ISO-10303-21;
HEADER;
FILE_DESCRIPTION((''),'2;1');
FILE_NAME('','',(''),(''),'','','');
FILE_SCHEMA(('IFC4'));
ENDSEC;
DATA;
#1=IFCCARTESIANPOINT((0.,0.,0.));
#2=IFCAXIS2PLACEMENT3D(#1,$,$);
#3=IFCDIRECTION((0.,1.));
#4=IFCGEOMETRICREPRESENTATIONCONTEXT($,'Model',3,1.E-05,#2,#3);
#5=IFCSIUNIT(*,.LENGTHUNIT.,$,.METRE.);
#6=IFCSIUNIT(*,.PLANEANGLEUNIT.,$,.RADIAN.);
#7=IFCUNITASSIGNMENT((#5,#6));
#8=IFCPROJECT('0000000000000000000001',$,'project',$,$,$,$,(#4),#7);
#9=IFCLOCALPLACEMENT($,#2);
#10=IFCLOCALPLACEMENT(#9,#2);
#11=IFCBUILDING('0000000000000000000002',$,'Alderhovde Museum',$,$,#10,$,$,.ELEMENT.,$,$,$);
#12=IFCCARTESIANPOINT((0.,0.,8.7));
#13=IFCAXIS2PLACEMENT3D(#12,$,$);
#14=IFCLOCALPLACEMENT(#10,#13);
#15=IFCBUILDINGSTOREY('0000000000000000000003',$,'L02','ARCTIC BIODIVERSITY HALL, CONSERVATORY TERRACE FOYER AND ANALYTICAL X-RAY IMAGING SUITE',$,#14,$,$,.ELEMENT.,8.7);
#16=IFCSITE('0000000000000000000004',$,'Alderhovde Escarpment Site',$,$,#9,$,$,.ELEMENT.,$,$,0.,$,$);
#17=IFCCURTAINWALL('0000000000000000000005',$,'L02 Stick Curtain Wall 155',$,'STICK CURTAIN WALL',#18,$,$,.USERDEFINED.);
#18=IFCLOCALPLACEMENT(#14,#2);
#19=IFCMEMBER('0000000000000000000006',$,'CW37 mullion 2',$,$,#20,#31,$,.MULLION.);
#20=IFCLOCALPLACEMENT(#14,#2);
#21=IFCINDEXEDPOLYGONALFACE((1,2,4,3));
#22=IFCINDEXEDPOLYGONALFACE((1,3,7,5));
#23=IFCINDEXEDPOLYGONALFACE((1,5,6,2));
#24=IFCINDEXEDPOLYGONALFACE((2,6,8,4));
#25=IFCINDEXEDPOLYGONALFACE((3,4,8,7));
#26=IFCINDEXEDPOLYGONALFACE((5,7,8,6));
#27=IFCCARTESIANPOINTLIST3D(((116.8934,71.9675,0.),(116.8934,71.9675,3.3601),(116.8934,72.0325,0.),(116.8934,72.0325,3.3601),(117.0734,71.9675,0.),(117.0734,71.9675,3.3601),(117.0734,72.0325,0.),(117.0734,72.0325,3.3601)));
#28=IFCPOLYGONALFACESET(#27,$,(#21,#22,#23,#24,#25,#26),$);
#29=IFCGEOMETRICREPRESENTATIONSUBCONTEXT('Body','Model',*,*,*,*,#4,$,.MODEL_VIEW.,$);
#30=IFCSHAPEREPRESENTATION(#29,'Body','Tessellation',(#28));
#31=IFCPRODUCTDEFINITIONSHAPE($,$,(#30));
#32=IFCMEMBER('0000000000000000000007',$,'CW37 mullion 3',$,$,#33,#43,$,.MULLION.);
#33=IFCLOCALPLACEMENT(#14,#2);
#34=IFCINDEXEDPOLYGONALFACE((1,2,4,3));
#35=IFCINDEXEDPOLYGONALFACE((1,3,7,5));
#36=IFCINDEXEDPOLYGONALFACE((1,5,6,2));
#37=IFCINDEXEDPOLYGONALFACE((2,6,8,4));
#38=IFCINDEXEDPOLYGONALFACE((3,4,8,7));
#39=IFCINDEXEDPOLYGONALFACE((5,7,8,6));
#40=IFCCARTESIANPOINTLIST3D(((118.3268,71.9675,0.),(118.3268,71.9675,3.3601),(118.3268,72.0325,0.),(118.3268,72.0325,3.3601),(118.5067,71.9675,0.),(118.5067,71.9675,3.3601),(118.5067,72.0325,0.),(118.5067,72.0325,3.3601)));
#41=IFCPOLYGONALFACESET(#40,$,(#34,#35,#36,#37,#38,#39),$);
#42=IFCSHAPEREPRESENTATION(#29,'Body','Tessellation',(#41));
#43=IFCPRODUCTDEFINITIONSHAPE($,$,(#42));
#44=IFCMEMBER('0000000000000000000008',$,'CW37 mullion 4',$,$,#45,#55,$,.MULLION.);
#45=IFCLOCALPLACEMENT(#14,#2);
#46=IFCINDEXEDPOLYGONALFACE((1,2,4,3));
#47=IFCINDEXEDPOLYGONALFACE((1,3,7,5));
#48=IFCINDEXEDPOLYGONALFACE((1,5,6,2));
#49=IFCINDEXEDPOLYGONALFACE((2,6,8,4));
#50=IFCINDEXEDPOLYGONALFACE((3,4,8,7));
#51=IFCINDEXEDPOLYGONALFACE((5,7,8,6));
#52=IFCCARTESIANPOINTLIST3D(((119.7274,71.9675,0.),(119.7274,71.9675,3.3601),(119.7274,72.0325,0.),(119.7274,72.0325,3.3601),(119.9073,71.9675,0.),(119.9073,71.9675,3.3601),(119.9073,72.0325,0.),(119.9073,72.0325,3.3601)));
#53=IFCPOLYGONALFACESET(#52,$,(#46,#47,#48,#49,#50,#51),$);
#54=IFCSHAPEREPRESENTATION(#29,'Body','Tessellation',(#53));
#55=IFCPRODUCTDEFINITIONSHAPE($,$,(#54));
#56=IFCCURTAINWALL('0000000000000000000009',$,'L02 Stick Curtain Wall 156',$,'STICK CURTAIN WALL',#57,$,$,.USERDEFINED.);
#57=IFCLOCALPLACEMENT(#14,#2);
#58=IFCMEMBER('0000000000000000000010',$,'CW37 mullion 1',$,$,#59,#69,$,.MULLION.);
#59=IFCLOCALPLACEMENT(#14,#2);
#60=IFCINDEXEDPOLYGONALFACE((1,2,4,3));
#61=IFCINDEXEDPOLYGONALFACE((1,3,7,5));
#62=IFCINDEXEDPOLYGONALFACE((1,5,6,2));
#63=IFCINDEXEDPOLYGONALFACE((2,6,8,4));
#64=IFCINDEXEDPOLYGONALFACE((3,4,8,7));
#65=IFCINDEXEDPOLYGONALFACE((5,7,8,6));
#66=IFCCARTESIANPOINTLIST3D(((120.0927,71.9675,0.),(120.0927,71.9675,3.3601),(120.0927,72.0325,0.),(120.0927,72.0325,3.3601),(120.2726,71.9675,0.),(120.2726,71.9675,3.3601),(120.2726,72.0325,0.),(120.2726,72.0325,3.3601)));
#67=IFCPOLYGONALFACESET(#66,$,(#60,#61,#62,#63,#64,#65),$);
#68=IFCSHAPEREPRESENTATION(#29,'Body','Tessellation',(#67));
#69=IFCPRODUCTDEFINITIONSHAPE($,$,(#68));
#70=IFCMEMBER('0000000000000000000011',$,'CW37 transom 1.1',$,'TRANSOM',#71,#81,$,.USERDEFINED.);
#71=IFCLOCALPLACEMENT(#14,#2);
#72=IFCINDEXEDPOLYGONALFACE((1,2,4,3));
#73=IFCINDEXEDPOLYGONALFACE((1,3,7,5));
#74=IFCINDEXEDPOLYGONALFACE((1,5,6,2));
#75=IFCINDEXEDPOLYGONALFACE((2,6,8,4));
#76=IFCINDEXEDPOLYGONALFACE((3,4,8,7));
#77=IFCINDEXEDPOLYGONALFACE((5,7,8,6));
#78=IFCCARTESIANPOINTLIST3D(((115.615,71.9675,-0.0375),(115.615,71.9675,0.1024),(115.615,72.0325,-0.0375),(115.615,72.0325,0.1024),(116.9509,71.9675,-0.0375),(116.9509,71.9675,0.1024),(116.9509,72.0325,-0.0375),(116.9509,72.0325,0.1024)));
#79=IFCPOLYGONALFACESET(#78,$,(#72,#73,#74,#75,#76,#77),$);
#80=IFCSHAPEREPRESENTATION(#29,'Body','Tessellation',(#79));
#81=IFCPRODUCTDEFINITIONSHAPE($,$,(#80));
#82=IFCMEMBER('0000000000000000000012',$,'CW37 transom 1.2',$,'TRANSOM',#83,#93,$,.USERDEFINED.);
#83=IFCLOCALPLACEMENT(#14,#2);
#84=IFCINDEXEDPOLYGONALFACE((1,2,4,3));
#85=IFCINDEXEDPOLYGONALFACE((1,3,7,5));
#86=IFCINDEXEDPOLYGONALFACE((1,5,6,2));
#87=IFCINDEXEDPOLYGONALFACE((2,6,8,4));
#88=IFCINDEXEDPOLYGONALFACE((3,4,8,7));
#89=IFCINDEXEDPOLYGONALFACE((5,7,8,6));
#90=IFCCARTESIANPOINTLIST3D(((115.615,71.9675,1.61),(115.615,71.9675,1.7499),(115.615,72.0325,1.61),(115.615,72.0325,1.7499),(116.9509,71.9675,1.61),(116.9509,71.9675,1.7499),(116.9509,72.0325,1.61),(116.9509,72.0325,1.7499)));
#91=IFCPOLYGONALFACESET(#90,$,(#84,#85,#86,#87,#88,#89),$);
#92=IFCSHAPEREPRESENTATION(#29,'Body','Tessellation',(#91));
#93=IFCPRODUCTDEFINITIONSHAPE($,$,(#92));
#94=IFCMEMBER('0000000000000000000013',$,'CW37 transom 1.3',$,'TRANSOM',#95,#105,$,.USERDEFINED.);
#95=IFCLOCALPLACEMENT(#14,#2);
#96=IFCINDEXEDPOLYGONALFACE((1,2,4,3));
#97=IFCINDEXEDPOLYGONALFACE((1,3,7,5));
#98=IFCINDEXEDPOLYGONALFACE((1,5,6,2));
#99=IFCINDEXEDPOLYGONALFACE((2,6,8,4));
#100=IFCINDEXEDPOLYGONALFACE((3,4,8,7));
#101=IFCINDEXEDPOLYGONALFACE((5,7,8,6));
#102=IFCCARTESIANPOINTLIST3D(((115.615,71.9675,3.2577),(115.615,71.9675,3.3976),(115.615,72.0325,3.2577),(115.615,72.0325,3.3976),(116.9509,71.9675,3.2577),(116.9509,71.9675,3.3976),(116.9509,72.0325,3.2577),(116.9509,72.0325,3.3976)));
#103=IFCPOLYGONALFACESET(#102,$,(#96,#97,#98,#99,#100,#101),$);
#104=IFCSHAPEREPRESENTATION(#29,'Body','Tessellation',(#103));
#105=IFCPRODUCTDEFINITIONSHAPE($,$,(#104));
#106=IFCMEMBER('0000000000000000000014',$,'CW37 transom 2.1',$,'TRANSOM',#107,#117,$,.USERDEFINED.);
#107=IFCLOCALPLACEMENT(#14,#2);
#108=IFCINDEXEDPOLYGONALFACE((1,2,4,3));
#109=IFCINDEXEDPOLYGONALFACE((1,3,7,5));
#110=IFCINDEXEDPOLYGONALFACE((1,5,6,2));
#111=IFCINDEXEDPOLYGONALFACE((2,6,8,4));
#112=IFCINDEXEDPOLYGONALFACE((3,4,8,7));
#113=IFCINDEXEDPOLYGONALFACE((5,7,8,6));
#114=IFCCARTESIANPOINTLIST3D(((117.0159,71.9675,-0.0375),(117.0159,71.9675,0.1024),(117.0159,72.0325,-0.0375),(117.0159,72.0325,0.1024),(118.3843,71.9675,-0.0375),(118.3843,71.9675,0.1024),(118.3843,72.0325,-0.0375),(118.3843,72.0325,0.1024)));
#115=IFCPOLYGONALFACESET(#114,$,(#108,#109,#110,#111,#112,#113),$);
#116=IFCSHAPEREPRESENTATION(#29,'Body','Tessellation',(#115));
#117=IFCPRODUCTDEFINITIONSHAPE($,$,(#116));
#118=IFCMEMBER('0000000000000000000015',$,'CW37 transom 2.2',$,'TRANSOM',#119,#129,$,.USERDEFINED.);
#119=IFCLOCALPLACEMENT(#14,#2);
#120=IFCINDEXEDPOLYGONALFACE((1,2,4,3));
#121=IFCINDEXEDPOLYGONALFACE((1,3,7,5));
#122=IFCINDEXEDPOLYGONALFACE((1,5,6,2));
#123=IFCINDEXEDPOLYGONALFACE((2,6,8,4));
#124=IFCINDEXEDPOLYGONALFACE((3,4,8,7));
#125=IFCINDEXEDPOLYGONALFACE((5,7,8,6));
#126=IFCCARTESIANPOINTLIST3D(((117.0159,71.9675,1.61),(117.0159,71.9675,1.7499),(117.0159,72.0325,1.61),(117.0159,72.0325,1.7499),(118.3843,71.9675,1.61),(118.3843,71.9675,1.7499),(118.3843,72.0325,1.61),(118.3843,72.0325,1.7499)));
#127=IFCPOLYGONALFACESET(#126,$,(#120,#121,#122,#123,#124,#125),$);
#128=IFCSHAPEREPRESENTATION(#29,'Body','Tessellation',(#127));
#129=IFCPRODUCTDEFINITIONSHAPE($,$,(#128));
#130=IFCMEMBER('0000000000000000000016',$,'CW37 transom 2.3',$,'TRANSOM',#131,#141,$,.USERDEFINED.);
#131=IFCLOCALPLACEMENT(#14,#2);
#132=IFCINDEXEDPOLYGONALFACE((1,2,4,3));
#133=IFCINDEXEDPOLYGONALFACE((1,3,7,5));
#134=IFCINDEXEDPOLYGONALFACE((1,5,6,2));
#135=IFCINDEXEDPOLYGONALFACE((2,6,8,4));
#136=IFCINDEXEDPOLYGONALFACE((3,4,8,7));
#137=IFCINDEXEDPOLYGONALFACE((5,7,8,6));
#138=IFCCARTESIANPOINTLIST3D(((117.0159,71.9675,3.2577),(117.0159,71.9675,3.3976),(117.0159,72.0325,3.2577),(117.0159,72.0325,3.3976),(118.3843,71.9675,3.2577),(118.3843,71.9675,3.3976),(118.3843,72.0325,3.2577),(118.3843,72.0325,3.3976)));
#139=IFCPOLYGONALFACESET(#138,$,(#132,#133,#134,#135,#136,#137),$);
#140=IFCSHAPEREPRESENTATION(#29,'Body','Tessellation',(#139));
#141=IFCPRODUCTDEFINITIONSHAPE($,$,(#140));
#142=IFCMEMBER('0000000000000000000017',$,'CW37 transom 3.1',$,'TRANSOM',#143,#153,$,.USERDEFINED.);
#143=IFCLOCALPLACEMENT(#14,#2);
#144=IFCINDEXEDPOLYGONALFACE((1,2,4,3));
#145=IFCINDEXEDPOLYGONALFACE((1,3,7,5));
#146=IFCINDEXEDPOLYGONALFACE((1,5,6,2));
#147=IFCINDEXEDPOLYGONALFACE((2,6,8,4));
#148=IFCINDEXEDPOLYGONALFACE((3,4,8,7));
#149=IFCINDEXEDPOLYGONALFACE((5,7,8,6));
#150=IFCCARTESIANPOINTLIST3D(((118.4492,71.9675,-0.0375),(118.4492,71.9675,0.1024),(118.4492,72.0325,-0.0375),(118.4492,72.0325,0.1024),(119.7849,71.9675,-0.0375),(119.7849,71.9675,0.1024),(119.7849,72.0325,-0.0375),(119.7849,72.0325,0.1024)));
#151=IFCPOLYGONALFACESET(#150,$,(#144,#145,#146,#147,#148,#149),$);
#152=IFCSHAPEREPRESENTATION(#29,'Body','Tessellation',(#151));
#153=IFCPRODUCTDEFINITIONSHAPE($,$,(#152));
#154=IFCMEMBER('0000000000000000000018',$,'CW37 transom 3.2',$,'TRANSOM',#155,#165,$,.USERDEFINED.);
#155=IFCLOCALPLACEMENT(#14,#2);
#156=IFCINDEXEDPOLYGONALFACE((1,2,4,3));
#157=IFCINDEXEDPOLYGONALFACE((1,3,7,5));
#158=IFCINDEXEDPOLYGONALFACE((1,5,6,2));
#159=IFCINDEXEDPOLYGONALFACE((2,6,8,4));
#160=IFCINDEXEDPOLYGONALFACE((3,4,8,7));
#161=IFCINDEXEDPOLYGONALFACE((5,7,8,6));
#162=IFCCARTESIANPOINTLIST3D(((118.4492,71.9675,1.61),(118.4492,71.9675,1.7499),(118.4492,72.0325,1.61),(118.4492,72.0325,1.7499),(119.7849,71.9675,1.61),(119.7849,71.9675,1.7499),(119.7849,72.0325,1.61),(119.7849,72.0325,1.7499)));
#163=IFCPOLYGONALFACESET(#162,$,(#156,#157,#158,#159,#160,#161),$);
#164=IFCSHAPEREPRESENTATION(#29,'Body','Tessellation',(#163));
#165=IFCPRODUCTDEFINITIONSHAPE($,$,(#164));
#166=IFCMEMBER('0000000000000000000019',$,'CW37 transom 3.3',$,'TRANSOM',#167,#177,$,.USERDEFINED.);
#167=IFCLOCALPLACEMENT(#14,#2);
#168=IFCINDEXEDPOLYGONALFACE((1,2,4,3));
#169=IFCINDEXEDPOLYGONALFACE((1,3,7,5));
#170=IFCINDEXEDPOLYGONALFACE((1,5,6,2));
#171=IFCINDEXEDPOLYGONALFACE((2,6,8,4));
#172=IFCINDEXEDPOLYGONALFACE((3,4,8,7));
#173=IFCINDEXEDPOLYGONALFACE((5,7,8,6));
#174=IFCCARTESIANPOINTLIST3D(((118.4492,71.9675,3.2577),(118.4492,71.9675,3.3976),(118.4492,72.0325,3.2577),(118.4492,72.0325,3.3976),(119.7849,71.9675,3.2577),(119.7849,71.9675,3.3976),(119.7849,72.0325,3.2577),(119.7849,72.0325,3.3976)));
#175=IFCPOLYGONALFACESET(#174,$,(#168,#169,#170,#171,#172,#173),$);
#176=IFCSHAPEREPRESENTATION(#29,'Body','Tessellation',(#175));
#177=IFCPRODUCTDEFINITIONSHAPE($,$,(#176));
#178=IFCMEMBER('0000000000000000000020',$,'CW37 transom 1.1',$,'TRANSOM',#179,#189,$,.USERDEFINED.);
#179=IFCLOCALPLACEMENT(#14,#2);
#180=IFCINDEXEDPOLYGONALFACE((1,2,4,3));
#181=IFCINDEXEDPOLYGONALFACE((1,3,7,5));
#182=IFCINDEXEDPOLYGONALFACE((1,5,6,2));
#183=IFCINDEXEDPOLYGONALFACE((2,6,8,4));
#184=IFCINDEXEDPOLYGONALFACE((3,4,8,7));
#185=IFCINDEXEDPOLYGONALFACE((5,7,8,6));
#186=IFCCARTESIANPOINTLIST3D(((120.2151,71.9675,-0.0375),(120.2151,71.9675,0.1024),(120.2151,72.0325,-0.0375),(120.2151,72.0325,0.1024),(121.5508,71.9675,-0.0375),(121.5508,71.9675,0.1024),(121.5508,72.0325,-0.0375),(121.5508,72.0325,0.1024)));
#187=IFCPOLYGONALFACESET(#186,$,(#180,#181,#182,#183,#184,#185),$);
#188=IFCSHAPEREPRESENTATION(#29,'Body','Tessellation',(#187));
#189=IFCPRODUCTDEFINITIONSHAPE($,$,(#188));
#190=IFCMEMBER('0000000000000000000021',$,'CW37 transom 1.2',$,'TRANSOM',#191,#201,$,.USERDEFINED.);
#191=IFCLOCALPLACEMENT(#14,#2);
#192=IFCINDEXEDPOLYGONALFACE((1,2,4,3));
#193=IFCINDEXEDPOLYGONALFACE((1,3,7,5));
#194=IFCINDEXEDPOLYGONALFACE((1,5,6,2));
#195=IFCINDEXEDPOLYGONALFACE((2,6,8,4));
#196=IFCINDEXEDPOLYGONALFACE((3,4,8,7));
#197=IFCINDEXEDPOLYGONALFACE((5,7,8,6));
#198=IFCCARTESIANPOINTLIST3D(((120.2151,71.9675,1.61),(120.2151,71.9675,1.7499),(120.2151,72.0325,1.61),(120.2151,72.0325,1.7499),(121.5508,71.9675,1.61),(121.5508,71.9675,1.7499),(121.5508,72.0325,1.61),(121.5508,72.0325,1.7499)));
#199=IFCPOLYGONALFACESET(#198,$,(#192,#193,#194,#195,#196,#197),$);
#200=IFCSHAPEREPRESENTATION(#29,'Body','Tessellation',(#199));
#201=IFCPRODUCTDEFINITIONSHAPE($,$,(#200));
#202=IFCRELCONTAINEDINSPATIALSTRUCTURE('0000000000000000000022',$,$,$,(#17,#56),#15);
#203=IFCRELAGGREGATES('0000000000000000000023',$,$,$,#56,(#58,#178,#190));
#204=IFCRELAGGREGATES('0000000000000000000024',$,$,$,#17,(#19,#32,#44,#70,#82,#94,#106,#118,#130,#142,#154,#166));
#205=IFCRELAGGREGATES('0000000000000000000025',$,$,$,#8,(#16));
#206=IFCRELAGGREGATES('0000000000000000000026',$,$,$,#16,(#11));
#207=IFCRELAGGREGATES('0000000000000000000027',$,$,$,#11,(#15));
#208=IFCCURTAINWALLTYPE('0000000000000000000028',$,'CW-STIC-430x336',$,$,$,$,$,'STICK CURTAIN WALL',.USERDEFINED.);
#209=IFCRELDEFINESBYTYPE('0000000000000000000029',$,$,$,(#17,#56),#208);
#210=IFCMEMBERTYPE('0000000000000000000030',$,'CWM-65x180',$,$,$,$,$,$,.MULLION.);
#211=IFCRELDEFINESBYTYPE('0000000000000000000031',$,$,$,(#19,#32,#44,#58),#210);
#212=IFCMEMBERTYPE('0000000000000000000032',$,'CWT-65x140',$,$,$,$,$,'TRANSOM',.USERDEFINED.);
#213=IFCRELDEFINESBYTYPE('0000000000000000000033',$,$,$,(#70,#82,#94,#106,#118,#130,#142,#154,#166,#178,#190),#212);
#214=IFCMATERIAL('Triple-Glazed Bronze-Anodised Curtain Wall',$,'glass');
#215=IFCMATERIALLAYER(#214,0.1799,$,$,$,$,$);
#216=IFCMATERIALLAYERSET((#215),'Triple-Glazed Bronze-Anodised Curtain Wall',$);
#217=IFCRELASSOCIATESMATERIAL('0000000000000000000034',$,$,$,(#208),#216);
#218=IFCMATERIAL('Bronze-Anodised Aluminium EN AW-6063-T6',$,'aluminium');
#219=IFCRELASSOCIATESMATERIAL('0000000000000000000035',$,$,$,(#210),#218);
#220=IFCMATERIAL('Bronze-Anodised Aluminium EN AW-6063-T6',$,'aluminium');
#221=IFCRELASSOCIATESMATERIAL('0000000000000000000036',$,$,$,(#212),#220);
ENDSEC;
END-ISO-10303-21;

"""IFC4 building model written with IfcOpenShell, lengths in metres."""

from ifc_helpers import new_model, si_unit, direction, frame, origin, origin_2d, place, context, subcontext, project, spatial, rectangle, extrude, material, layer, layer_set, material_profile, profile_set, type_object, element, aggregate, save


model = new_model("IFC4")

# Units and contexts
model_context = context("Model", 3, precision=1e-05, world=origin(), true_north=direction((0.0, 1.0)))
body_context = subcontext(model_context, "Body", "Model", "MODEL_VIEW")
ifc_project = project(units=[si_unit("LENGTHUNIT", "METRE"), si_unit("PLANEANGLEUNIT", "RADIAN")], contexts=[model_context])

# Site, building, storey
site_placement = place(None, origin())
site = spatial("IfcSite", under=ifc_project, at=site_placement, Name="Alderhovde Escarpment Site", CompositionType="ELEMENT", RefElevation=0.0)
building_placement = place(site_placement, origin())
building = spatial("IfcBuilding", under=site, at=building_placement, Name="Alderhovde Museum", CompositionType="ELEMENT")
storey_placement = place(building_placement, frame((0.0, 0.0, 8.7)))
storey = spatial("IfcBuildingStorey", under=building, at=storey_placement, Name="L02", Description="ARCTIC BIODIVERSITY HALL, CONSERVATORY TERRACE FOYER AND ANALYTICAL X-RAY IMAGING SUITE", CompositionType="ELEMENT", Elevation=8.7)

# Curtain wall, members
ifc_material_1 = material(Name="Triple-Glazed Bronze-Anodised Curtain Wall", Category="glass")
ifc_layer_1 = layer(ifc_material_1, 0.1799)
ifc_layer_set_1 = layer_set([ifc_layer_1], Name="Triple-Glazed Bronze-Anodised Curtain Wall")
curtain_wall_type = type_object("IfcCurtainWallType", Name="CW-STIC-430x336", ElementType="STICK CURTAIN WALL", PredefinedType="USERDEFINED", material=ifc_layer_set_1)
curtain_wall_1_placement = place(storey_placement, origin())
curtain_wall_1 = element("IfcCurtainWall", 1, at=curtain_wall_1_placement, inside=storey, type_object=curtain_wall_type, Name="L02 Stick Curtain Wall 155", ObjectType="STICK CURTAIN WALL", PredefinedType="USERDEFINED")
ifc_material_2 = material(Name="Bronze-Anodised Aluminium EN AW-6063-T6", Category="aluminium")
ifc_material_profile_1 = material_profile(ifc_material_2, rectangle(XDim=0.0649, YDim=0.1799, at=origin_2d()), Name="MULLION 65x180")
ifc_profile_set_1 = profile_set([ifc_material_profile_1], Name="Bronze-Anodised Aluminium EN AW-6063-T6")
member_type_1 = type_object("IfcMemberType", Name="CWM-65x180", PredefinedType="MULLION", material=ifc_profile_set_1)
member_1_placement = place(storey_placement, frame((116.9834, 72.0, 0.0), z_axis=(0.0, 0.0, 1.0), x_axis=(0.0, 1.0, 0.0)))
member_1 = element("IfcMember", 2, at=member_1_placement, type_object=member_type_1, Name="CW37 mullion 2", PredefinedType="MULLION", context=body_context, shape_type="SweptSolid", body=[
    extrude(rectangle(XDim=0.0649, YDim=0.1799, at=origin_2d()), origin(), (0.0, 0.0, 1.0), 3.3601),
])
member_2_placement = place(storey_placement, frame((118.4167, 72.0, 0.0), z_axis=(0.0, 0.0, 1.0), x_axis=(0.0, 1.0, 0.0)))
member_2 = element("IfcMember", 3, at=member_2_placement, type_object=member_type_1, Name="CW37 mullion 3", PredefinedType="MULLION", context=body_context, shape_type="SweptSolid", body=[
    extrude(rectangle(XDim=0.0649, YDim=0.1799, at=origin_2d()), origin(), (0.0, 0.0, 1.0), 3.3601),
])
member_3_placement = place(storey_placement, frame((119.8174, 72.0, 0.0), z_axis=(0.0, 0.0, 1.0), x_axis=(0.0, 1.0, 0.0)))
member_3 = element("IfcMember", 4, at=member_3_placement, type_object=member_type_1, Name="CW37 mullion 4", PredefinedType="MULLION", context=body_context, shape_type="SweptSolid", body=[
    extrude(rectangle(XDim=0.0649, YDim=0.1799, at=origin_2d()), origin(), (0.0, 0.0, 1.0), 3.3601),
])

# Curtain wall, member
curtain_wall_2_placement = place(storey_placement, origin())
curtain_wall_2 = element("IfcCurtainWall", 5, at=curtain_wall_2_placement, inside=storey, type_object=curtain_wall_type, Name="L02 Stick Curtain Wall 156", ObjectType="STICK CURTAIN WALL", PredefinedType="USERDEFINED")
member_4_placement = place(storey_placement, frame((120.1826, 72.0, 0.0), z_axis=(0.0, 0.0, 1.0), x_axis=(0.0, 1.0, 0.0)))
member_4 = element("IfcMember", 6, at=member_4_placement, type_object=member_type_1, Name="CW37 mullion 1", PredefinedType="MULLION", context=body_context, shape_type="SweptSolid", body=[
    extrude(rectangle(XDim=0.0649, YDim=0.1799, at=origin_2d()), origin(), (0.0, 0.0, 1.0), 3.3601),
])

# Members
ifc_material_3 = material(Name="Bronze-Anodised Aluminium EN AW-6063-T6", Category="aluminium")
ifc_material_profile_2 = material_profile(ifc_material_3, rectangle(XDim=0.0649, YDim=0.1399, at=origin_2d()), Name="TRANSOM 65x140")
ifc_profile_set_2 = profile_set([ifc_material_profile_2], Name="Bronze-Anodised Aluminium EN AW-6063-T6")
member_type_2 = type_object("IfcMemberType", Name="CWT-65x140", ElementType="TRANSOM", PredefinedType="USERDEFINED", material=ifc_profile_set_2)
member_5_placement = place(storey_placement, frame((115.615, 72.0, 0.0325), z_axis=(1.0, 0.0, 0.0), x_axis=(0.0, 1.0, 0.0)))
member_5 = element("IfcMember", 7, at=member_5_placement, type_object=member_type_2, Name="CW37 transom 1.1", ObjectType="TRANSOM", PredefinedType="USERDEFINED", context=body_context, shape_type="SweptSolid", body=[
    extrude(rectangle(XDim=0.0649, YDim=0.1399, at=origin_2d()), origin(), (0.0, 0.0, 1.0), 1.3359),
])
member_6_placement = place(storey_placement, frame((115.615, 72.0, 1.6799), z_axis=(1.0, 0.0, 0.0), x_axis=(0.0, 1.0, 0.0)))
member_6 = element("IfcMember", 8, at=member_6_placement, type_object=member_type_2, Name="CW37 transom 1.2", ObjectType="TRANSOM", PredefinedType="USERDEFINED", context=body_context, shape_type="SweptSolid", body=[
    extrude(rectangle(XDim=0.0649, YDim=0.1399, at=origin_2d()), origin(), (0.0, 0.0, 1.0), 1.3359),
])
member_7_placement = place(storey_placement, frame((115.615, 72.0, 3.3276), z_axis=(1.0, 0.0, 0.0), x_axis=(0.0, 1.0, 0.0)))
member_7 = element("IfcMember", 9, at=member_7_placement, type_object=member_type_2, Name="CW37 transom 1.3", ObjectType="TRANSOM", PredefinedType="USERDEFINED", context=body_context, shape_type="SweptSolid", body=[
    extrude(rectangle(XDim=0.0649, YDim=0.1399, at=origin_2d()), origin(), (0.0, 0.0, 1.0), 1.3359),
])
member_8_placement = place(storey_placement, frame((117.0159, 72.0, 0.0325), z_axis=(1.0, 0.0, 0.0), x_axis=(0.0, 1.0, 0.0)))
member_8 = element("IfcMember", 10, at=member_8_placement, type_object=member_type_2, Name="CW37 transom 2.1", ObjectType="TRANSOM", PredefinedType="USERDEFINED", context=body_context, shape_type="SweptSolid", body=[
    extrude(rectangle(XDim=0.0649, YDim=0.1399, at=origin_2d()), origin(), (0.0, 0.0, 1.0), 1.3684),
])
member_9_placement = place(storey_placement, frame((117.0159, 72.0, 1.6799), z_axis=(1.0, 0.0, 0.0), x_axis=(0.0, 1.0, 0.0)))
member_9 = element("IfcMember", 11, at=member_9_placement, type_object=member_type_2, Name="CW37 transom 2.2", ObjectType="TRANSOM", PredefinedType="USERDEFINED", context=body_context, shape_type="SweptSolid", body=[
    extrude(rectangle(XDim=0.0649, YDim=0.1399, at=origin_2d()), origin(), (0.0, 0.0, 1.0), 1.3684),
])
member_10_placement = place(storey_placement, frame((117.0159, 72.0, 3.3276), z_axis=(1.0, 0.0, 0.0), x_axis=(0.0, 1.0, 0.0)))
member_10 = element("IfcMember", 12, at=member_10_placement, type_object=member_type_2, Name="CW37 transom 2.3", ObjectType="TRANSOM", PredefinedType="USERDEFINED", context=body_context, shape_type="SweptSolid", body=[
    extrude(rectangle(XDim=0.0649, YDim=0.1399, at=origin_2d()), origin(), (0.0, 0.0, 1.0), 1.3684),
])
member_11_placement = place(storey_placement, frame((118.4492, 72.0, 0.0325), z_axis=(1.0, 0.0, 0.0), x_axis=(0.0, 1.0, 0.0)))
member_11 = element("IfcMember", 13, at=member_11_placement, type_object=member_type_2, Name="CW37 transom 3.1", ObjectType="TRANSOM", PredefinedType="USERDEFINED", context=body_context, shape_type="SweptSolid", body=[
    extrude(rectangle(XDim=0.0649, YDim=0.1399, at=origin_2d()), origin(), (0.0, 0.0, 1.0), 1.3357),
])
member_12_placement = place(storey_placement, frame((118.4492, 72.0, 1.6799), z_axis=(1.0, 0.0, 0.0), x_axis=(0.0, 1.0, 0.0)))
member_12 = element("IfcMember", 14, at=member_12_placement, type_object=member_type_2, Name="CW37 transom 3.2", ObjectType="TRANSOM", PredefinedType="USERDEFINED", context=body_context, shape_type="SweptSolid", body=[
    extrude(rectangle(XDim=0.0649, YDim=0.1399, at=origin_2d()), origin(), (0.0, 0.0, 1.0), 1.3357),
])
member_13_placement = place(storey_placement, frame((118.4492, 72.0, 3.3276), z_axis=(1.0, 0.0, 0.0), x_axis=(0.0, 1.0, 0.0)))
member_13 = element("IfcMember", 15, at=member_13_placement, type_object=member_type_2, Name="CW37 transom 3.3", ObjectType="TRANSOM", PredefinedType="USERDEFINED", context=body_context, shape_type="SweptSolid", body=[
    extrude(rectangle(XDim=0.0649, YDim=0.1399, at=origin_2d()), origin(), (0.0, 0.0, 1.0), 1.3357),
])
member_14_placement = place(storey_placement, frame((120.2151, 72.0, 0.0325), z_axis=(1.0, 0.0, 0.0), x_axis=(0.0, 1.0, 0.0)))
member_14 = element("IfcMember", 16, at=member_14_placement, type_object=member_type_2, Name="CW37 transom 1.1", ObjectType="TRANSOM", PredefinedType="USERDEFINED", context=body_context, shape_type="SweptSolid", body=[
    extrude(rectangle(XDim=0.0649, YDim=0.1399, at=origin_2d()), origin(), (0.0, 0.0, 1.0), 1.3357),
])
member_15_placement = place(storey_placement, frame((120.2151, 72.0, 1.6799), z_axis=(1.0, 0.0, 0.0), x_axis=(0.0, 1.0, 0.0)))
member_15 = element("IfcMember", 17, at=member_15_placement, type_object=member_type_2, Name="CW37 transom 1.2", ObjectType="TRANSOM", PredefinedType="USERDEFINED", context=body_context, shape_type="SweptSolid", body=[
    extrude(rectangle(XDim=0.0649, YDim=0.1399, at=origin_2d()), origin(), (0.0, 0.0, 1.0), 1.3357),
])
aggregate(curtain_wall_2, [member_4, member_14, member_15])

aggregate(curtain_wall_1, [member_1, member_2, member_3, member_5, member_6, member_7, member_8, member_9, member_10, member_11, member_12, member_13])

save(model, "model.ifc")
